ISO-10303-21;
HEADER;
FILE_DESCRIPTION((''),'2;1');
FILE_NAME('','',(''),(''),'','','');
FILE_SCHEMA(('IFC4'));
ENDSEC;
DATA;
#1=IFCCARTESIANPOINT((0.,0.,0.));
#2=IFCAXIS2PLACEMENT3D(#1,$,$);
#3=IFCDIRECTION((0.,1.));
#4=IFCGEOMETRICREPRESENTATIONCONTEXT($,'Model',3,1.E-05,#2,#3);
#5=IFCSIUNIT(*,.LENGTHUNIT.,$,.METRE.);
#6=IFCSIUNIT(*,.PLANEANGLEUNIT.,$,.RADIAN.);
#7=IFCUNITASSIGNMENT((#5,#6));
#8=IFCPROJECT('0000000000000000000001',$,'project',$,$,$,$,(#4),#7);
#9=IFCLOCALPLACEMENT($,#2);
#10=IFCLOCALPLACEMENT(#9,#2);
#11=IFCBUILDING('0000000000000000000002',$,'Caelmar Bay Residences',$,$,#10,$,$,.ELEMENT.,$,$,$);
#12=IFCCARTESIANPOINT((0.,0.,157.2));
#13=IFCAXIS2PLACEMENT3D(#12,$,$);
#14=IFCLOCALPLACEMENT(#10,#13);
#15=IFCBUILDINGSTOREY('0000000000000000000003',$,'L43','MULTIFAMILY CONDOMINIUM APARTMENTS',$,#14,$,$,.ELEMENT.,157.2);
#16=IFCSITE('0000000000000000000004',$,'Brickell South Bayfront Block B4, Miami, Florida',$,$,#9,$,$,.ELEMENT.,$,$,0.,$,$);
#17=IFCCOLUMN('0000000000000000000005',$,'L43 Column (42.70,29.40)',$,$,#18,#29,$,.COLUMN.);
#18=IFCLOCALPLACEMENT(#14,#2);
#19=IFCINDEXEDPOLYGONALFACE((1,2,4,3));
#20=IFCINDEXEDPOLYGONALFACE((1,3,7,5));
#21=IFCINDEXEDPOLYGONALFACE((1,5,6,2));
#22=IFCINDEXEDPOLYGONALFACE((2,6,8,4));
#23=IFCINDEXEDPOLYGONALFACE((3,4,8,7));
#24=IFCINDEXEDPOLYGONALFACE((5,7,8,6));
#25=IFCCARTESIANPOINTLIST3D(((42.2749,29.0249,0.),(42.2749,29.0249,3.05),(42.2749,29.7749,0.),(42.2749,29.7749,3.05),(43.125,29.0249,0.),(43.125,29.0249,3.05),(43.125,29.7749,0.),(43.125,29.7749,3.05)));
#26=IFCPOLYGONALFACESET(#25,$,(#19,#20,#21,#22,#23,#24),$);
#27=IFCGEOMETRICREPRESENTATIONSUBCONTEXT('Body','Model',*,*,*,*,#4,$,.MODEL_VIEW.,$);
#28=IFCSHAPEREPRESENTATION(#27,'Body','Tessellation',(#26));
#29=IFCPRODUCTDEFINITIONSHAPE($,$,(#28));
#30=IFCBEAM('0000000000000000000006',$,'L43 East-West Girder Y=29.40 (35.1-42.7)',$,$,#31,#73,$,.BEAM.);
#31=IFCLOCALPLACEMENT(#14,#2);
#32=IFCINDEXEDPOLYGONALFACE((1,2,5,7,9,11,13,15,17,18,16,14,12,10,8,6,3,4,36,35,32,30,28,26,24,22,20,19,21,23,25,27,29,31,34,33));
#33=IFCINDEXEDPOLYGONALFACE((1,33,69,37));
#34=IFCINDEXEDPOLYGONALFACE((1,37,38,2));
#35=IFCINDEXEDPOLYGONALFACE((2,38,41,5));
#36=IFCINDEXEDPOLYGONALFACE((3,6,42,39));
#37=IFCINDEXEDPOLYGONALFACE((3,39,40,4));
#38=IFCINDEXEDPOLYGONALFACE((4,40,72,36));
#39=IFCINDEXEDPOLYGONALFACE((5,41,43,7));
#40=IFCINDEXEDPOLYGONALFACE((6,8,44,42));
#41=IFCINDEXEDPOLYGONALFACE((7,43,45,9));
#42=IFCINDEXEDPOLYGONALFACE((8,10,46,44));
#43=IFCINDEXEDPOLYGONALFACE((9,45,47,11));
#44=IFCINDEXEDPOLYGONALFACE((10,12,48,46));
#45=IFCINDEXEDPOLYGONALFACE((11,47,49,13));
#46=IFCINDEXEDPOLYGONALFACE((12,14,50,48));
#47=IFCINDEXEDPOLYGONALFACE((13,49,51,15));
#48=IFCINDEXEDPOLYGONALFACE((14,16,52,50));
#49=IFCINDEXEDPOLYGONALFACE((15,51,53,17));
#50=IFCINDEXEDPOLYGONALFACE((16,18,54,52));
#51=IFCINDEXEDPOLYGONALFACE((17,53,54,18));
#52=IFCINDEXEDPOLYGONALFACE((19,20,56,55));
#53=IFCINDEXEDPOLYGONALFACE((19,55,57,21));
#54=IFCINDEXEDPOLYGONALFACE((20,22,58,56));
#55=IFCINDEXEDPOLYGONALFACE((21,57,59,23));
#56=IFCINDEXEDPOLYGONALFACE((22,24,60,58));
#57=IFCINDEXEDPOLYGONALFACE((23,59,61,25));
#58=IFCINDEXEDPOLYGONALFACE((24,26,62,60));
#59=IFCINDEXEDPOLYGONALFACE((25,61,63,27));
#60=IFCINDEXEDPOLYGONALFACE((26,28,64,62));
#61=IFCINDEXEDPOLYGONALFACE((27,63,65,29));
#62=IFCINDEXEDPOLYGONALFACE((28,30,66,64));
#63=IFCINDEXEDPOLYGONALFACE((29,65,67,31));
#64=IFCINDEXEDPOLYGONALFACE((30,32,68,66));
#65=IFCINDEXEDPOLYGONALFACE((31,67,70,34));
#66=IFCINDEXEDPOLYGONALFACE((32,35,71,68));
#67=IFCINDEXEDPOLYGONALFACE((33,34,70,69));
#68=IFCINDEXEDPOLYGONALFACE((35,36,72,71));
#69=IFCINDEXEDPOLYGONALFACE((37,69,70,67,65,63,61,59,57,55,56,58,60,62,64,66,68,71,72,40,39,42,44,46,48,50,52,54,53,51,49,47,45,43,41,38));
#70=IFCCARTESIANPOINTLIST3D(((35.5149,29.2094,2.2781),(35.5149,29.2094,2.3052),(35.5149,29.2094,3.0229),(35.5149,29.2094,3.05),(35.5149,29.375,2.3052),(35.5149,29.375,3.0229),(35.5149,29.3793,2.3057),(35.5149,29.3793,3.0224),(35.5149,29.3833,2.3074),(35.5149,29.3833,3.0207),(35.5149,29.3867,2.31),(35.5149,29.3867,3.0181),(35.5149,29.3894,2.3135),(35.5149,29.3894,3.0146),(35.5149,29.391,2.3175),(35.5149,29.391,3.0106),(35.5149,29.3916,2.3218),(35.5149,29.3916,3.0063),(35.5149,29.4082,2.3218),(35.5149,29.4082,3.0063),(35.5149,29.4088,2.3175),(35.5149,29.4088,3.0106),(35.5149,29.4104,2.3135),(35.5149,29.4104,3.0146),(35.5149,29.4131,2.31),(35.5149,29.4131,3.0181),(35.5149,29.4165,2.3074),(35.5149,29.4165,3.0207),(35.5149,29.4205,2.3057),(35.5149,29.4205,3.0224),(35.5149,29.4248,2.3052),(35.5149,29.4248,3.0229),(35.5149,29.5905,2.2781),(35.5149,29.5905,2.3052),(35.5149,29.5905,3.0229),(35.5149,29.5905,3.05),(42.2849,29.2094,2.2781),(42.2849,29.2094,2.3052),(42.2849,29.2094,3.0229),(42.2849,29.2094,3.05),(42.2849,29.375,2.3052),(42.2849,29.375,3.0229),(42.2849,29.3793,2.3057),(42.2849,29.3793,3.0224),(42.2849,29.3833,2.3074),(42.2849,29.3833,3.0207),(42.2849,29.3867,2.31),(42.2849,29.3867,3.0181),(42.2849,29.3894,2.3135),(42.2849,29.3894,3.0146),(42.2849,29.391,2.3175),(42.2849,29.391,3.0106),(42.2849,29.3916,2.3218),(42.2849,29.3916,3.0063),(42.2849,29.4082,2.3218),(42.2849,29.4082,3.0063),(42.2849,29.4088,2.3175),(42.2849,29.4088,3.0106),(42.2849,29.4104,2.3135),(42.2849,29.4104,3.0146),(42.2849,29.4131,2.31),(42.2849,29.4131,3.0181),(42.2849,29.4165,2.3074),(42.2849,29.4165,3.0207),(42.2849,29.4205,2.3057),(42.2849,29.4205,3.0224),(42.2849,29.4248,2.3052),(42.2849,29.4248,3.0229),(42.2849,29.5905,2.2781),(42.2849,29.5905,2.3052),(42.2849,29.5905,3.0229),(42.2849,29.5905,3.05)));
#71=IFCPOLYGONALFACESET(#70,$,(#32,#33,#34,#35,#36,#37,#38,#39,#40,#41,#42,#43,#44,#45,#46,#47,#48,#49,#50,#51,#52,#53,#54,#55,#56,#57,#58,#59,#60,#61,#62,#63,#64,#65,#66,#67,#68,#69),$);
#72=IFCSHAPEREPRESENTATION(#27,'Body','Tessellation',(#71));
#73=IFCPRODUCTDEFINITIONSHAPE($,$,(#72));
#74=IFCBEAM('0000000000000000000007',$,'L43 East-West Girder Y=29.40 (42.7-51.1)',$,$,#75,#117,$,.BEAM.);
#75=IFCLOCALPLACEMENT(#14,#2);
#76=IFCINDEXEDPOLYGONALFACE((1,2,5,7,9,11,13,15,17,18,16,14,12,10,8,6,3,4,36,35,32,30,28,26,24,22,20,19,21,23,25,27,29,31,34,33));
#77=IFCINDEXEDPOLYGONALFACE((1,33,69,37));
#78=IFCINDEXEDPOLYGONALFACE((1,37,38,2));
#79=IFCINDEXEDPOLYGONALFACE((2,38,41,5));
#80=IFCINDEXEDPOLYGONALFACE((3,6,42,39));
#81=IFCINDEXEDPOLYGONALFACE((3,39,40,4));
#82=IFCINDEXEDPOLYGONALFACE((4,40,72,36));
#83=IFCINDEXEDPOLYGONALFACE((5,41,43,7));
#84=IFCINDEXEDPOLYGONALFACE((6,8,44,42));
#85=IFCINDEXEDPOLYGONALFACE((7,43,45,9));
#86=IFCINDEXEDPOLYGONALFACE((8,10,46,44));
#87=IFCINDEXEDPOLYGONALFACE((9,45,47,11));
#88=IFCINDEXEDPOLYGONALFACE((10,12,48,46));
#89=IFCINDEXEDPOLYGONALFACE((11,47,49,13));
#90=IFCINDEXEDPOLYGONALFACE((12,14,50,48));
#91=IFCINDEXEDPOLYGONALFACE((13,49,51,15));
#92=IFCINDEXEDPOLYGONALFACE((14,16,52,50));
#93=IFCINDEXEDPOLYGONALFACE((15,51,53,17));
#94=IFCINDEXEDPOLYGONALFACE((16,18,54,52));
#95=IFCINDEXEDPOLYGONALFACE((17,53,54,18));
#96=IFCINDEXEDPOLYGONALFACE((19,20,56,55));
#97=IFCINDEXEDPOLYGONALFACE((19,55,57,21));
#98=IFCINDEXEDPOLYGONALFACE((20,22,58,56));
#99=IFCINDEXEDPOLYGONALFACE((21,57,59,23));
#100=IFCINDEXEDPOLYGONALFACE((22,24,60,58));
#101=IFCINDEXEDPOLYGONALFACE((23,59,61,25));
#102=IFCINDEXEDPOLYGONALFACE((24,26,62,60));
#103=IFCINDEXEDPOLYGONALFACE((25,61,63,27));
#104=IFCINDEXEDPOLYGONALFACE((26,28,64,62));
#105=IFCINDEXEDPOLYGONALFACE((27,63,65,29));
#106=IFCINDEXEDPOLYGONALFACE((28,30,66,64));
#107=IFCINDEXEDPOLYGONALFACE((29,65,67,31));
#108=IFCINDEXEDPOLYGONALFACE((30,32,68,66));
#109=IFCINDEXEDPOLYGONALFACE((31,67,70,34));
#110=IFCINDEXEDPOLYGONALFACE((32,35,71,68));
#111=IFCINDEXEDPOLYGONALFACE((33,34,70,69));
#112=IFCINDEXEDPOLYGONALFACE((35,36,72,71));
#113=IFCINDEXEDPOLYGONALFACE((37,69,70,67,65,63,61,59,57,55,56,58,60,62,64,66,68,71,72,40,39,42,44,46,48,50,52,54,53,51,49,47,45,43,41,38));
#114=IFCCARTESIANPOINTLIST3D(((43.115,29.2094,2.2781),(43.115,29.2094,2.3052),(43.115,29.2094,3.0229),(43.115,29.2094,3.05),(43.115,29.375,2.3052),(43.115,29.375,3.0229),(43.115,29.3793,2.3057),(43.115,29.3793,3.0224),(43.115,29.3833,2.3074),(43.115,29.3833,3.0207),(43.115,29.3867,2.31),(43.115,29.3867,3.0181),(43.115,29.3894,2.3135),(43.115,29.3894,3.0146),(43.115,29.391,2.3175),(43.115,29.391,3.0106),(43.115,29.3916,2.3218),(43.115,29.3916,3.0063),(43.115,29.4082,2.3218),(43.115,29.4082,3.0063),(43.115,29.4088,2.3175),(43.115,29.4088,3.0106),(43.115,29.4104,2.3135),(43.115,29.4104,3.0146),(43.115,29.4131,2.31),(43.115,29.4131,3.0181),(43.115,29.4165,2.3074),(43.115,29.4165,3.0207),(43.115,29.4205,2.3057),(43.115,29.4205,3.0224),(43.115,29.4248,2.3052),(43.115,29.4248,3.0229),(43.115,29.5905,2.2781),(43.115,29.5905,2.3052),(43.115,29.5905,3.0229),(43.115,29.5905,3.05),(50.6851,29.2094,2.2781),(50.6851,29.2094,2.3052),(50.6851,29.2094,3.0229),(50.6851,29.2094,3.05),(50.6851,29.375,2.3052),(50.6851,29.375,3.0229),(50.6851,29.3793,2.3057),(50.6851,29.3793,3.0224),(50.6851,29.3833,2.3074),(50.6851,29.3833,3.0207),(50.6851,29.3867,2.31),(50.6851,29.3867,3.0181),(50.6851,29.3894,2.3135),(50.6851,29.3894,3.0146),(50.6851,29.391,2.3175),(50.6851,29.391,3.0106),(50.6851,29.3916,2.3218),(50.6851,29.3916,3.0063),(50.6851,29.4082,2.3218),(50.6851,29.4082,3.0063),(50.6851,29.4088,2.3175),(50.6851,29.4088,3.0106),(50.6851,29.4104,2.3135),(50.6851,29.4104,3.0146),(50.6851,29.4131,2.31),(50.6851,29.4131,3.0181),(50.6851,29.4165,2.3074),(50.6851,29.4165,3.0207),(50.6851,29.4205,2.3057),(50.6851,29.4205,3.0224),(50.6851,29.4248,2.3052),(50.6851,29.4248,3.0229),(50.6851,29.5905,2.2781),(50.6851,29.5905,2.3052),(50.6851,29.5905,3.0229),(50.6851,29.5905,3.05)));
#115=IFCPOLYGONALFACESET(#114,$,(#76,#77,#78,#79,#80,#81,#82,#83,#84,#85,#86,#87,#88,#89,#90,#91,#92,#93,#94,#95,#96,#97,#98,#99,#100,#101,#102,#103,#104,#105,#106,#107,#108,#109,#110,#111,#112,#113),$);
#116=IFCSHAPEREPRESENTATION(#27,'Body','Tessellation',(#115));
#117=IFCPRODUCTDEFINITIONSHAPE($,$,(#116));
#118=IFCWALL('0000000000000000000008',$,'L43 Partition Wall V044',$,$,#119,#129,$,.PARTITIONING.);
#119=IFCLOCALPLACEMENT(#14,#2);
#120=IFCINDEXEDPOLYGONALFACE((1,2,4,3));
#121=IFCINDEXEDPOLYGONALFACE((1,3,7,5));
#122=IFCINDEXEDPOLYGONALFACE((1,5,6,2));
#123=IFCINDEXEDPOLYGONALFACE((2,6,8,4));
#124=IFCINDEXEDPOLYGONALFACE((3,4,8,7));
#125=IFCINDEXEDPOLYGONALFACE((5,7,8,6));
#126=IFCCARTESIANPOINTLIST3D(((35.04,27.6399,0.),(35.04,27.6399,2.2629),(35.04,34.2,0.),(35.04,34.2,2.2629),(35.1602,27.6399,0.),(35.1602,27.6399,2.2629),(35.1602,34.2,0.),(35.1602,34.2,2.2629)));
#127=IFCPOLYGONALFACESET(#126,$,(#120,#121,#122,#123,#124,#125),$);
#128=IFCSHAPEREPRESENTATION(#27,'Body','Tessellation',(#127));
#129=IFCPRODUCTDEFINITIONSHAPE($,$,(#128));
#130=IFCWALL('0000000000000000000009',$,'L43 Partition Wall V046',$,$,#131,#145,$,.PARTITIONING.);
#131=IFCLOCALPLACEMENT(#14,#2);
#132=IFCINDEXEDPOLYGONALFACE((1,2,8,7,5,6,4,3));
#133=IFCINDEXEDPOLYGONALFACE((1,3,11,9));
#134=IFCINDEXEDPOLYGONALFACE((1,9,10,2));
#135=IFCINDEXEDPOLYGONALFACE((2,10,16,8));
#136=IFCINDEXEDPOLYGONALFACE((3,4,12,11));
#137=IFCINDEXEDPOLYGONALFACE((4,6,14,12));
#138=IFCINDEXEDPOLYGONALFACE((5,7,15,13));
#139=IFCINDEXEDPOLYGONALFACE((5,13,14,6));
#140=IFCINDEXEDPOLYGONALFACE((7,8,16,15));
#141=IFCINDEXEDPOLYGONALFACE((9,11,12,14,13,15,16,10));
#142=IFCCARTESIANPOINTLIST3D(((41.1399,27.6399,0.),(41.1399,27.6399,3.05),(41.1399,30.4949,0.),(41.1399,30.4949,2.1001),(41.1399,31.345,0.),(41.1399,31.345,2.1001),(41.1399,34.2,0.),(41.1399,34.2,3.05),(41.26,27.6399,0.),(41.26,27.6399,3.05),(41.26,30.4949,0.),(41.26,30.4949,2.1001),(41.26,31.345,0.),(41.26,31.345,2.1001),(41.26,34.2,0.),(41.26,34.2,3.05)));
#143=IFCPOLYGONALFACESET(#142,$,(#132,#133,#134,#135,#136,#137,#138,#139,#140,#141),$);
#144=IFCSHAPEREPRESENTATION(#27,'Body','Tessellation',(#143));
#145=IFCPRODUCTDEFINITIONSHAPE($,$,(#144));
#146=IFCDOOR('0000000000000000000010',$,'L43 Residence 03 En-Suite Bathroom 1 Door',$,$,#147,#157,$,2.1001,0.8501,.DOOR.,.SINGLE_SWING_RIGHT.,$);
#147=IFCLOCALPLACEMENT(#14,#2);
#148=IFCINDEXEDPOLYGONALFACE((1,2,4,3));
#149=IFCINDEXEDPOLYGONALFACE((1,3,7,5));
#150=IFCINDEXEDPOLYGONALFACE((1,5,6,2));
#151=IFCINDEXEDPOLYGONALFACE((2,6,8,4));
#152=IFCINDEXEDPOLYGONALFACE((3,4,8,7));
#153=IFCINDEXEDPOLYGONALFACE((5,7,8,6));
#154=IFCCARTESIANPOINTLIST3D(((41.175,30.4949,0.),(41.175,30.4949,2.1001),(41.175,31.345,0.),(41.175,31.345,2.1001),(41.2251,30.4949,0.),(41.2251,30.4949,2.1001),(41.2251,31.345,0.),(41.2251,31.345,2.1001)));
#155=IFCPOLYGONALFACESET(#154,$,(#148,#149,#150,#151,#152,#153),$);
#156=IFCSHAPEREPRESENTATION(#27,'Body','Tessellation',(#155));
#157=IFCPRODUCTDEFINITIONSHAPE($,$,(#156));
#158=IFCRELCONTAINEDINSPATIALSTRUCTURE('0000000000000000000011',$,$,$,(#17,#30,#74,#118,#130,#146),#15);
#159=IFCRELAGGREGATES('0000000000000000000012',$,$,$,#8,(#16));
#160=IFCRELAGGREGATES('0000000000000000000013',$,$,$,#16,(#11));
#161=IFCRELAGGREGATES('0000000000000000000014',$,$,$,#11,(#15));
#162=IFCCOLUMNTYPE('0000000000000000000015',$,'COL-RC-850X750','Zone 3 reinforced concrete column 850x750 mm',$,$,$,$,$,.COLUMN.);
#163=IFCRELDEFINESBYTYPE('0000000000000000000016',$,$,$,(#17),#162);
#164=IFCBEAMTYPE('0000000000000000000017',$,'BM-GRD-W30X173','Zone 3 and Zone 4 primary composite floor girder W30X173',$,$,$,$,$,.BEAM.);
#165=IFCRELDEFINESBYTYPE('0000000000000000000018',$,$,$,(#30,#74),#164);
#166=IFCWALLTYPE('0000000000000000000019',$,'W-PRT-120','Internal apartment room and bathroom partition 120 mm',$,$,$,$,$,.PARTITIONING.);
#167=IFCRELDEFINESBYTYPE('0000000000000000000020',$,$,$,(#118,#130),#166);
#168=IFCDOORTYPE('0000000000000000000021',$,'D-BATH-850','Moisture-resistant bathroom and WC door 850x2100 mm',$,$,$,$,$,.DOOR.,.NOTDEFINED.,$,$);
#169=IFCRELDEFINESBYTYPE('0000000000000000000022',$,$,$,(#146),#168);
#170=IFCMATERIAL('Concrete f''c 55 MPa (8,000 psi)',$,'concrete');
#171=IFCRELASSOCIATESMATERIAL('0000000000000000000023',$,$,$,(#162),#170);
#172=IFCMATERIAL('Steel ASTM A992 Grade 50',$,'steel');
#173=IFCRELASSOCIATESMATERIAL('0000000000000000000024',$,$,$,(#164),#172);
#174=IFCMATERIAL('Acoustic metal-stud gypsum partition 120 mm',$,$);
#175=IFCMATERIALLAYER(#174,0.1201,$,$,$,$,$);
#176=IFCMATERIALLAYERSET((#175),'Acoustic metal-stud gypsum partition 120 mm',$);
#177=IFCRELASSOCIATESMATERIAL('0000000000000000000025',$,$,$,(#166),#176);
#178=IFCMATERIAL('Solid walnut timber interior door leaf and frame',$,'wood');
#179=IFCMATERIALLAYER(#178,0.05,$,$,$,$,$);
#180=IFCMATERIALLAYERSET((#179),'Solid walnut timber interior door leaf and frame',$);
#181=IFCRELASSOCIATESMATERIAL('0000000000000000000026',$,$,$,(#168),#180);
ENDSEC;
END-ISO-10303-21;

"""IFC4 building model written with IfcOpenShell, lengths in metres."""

from ifc_helpers import new_model, si_unit, direction, frame, frame_2d, origin, origin_2d, place, context, subcontext, project, spatial, rectangle, i_section, extrude, material, layer, layer_set, material_profile, profile_set, type_object, element, fill, save


model = new_model("IFC4")

# Units and contexts
model_context = context("Model", 3, precision=1e-05, world=origin(), true_north=direction((0.0, 1.0)))
body_context = subcontext(model_context, "Body", "Model", "MODEL_VIEW")
ifc_project = project(units=[si_unit("LENGTHUNIT", "METRE"), si_unit("PLANEANGLEUNIT", "RADIAN")], contexts=[model_context])

# Site, building, storey
site_placement = place(None, origin())
site = spatial("IfcSite", under=ifc_project, at=site_placement, Name="Brickell South Bayfront Block B4, Miami, Florida", CompositionType="ELEMENT", RefElevation=0.0)
building_placement = place(site_placement, origin())
building = spatial("IfcBuilding", under=site, at=building_placement, Name="Caelmar Bay Residences", CompositionType="ELEMENT")
storey_placement = place(building_placement, frame((0.0, 0.0, 157.2)))
storey = spatial("IfcBuildingStorey", under=building, at=storey_placement, Name="L43", Description="MULTIFAMILY CONDOMINIUM APARTMENTS", CompositionType="ELEMENT", Elevation=157.2)

# Column
ifc_material_1 = material(Name="Concrete f'c 55 MPa (8,000 psi)", Category="concrete")
ifc_material_profile_1 = material_profile(ifc_material_1, rectangle(XDim=0.8501, YDim=0.75, at=origin_2d()), Name="RC-COL-850X750")
ifc_profile_set_1 = profile_set([ifc_material_profile_1], Name="Concrete f'c 55 MPa (8,000 psi)")
column_type = type_object("IfcColumnType", Name="COL-RC-850X750", Description="Zone 3 reinforced concrete column 850x750 mm", PredefinedType="COLUMN", material=ifc_profile_set_1)
column_placement = place(storey_placement, frame((42.7, 29.3999, 0.0), z_axis=(0.0, 0.0, 1.0), x_axis=(1.0, 0.0, 0.0)))
element("IfcColumn", 1, at=column_placement, inside=storey, type_object=column_type, Name="L43 Column (42.70,29.40)", PredefinedType="COLUMN", context=body_context, shape_type="SweptSolid", body=[
    extrude(rectangle(XDim=0.8501, YDim=0.75, at=origin_2d()), origin(), (0.0, 0.0, 1.0), 3.05),
])

# Beams
ifc_material_2 = material(Name="Steel ASTM A992 Grade 50", Category="steel")
ifc_material_profile_2 = material_profile(ifc_material_2, i_section(OverallWidth=0.3811, OverallDepth=0.772, WebThickness=0.0166, FlangeThickness=0.0271, FilletRadius=0.0166, at=origin_2d()), Name="W30X173")
ifc_profile_set_2 = profile_set([ifc_material_profile_2], Name="Steel ASTM A992 Grade 50")
beam_type = type_object("IfcBeamType", Name="BM-GRD-W30X173", Description="Zone 3 and Zone 4 primary composite floor girder W30X173", PredefinedType="BEAM", material=ifc_profile_set_2)
beam_1_placement = place(storey_placement, frame((35.5149, 29.3999, 2.6641), z_axis=(1.0, 0.0, 0.0), x_axis=(0.0, 1.0, 0.0)))
element("IfcBeam", 2, at=beam_1_placement, inside=storey, type_object=beam_type, Name="L43 East-West Girder Y=29.40 (35.1-42.7)", PredefinedType="BEAM", context=body_context, shape_type="SweptSolid", body=[
    extrude(i_section(OverallWidth=0.3811, OverallDepth=0.772, WebThickness=0.0166, FlangeThickness=0.0271, FilletRadius=0.0166, at=origin_2d()), origin(), (0.0, 0.0, 1.0), 6.77),
])
beam_2_placement = place(storey_placement, frame((43.115, 29.3999, 2.6641), z_axis=(1.0, 0.0, 0.0), x_axis=(0.0, 1.0, 0.0)))
element("IfcBeam", 3, at=beam_2_placement, inside=storey, type_object=beam_type, Name="L43 East-West Girder Y=29.40 (42.7-51.1)", PredefinedType="BEAM", context=body_context, shape_type="SweptSolid", body=[
    extrude(i_section(OverallWidth=0.3811, OverallDepth=0.772, WebThickness=0.0166, FlangeThickness=0.0271, FilletRadius=0.0166, at=origin_2d()), origin(), (0.0, 0.0, 1.0), 7.5701),
])

# Wall
ifc_material_3 = material(Name="Acoustic metal-stud gypsum partition 120 mm")
ifc_layer_1 = layer(ifc_material_3, 0.1201)
ifc_layer_set_1 = layer_set([ifc_layer_1], Name="Acoustic metal-stud gypsum partition 120 mm")
wall_type_1 = type_object("IfcWallType", Name="W-PRT-120", Description="Internal apartment room and bathroom partition 120 mm", PredefinedType="PARTITIONING", material=ifc_layer_set_1)
wall_1_placement = place(storey_placement, frame((35.1001, 27.6399, 0.0), z_axis=(0.0, 0.0, 1.0), x_axis=(0.0, 1.0, 0.0)))
element("IfcWall", 4, at=wall_1_placement, inside=storey, type_object=wall_type_1, Name="L43 Partition Wall V044", PredefinedType="PARTITIONING", context=body_context, shape_type="SweptSolid", body=[
    extrude(rectangle(XDim=6.5601, YDim=0.1201, at=frame_2d((3.28, 0.0))), origin(), (0.0, 0.0, 1.0), 2.2629),
])

# Wall, opening, door
wall_2_placement = place(storey_placement, frame((41.2, 27.6399, 0.0), z_axis=(0.0, 0.0, 1.0), x_axis=(0.0, 1.0, 0.0)))
wall_2 = element("IfcWall", 5, at=wall_2_placement, inside=storey, type_object=wall_type_1, Name="L43 Partition Wall V046", PredefinedType="PARTITIONING", context=body_context, shape_type="SweptSolid", body=[
    extrude(rectangle(XDim=6.5601, YDim=0.1201, at=frame_2d((3.28, 0.0))), origin(), (0.0, 0.0, 1.0), 3.05),
])
opening_1_placement = place(wall_2_placement, frame((2.855, 0.0, 0.0)))
opening_1 = element("IfcOpeningElement", 6, at=opening_1_placement, cuts=wall_2, PredefinedType="OPENING", context=body_context, shape_type="SweptSolid", body=[
    extrude(rectangle(XDim=0.8501, YDim=2.1001, at=frame_2d((0.425, 1.05))), frame((0.0, 0.0701, 0.0), z_axis=(0.0, -1.0, 0.0), x_axis=(1.0, 0.0, 0.0)), (0.0, 0.0, 1.0), 0.1401),
])
ifc_material_4 = material(Name="Solid walnut timber interior door leaf and frame", Category="wood")
ifc_layer_2 = layer(ifc_material_4, 0.05)
ifc_layer_set_2 = layer_set([ifc_layer_2], Name="Solid walnut timber interior door leaf and frame")
door_type_1 = type_object("IfcDoorType", Name="D-BATH-850", Description="Moisture-resistant bathroom and WC door 850x2100 mm", OperationType="NOTDEFINED", PredefinedType="DOOR", material=ifc_layer_set_2)
door_1_placement = place(opening_1_placement, origin())
door_1 = element("IfcDoor", 7, at=door_1_placement, inside=storey, type_object=door_type_1, Name="L43 Residence 03 En-Suite Bathroom 1 Door", OperationType="SINGLE_SWING_RIGHT", OverallHeight=2.1001, OverallWidth=0.8501, PredefinedType="DOOR", context=body_context, shape_type="SweptSolid", body=[
    extrude(rectangle(XDim=0.8501, YDim=2.1001, at=frame_2d((0.425, 1.05))), frame((0.0, 0.0249, 0.0), z_axis=(0.0, -1.0, 0.0), x_axis=(1.0, 0.0, 0.0)), (0.0, 0.0, 1.0), 0.05),
])
fill(opening_1, door_1)

save(model, "model.ifc")
